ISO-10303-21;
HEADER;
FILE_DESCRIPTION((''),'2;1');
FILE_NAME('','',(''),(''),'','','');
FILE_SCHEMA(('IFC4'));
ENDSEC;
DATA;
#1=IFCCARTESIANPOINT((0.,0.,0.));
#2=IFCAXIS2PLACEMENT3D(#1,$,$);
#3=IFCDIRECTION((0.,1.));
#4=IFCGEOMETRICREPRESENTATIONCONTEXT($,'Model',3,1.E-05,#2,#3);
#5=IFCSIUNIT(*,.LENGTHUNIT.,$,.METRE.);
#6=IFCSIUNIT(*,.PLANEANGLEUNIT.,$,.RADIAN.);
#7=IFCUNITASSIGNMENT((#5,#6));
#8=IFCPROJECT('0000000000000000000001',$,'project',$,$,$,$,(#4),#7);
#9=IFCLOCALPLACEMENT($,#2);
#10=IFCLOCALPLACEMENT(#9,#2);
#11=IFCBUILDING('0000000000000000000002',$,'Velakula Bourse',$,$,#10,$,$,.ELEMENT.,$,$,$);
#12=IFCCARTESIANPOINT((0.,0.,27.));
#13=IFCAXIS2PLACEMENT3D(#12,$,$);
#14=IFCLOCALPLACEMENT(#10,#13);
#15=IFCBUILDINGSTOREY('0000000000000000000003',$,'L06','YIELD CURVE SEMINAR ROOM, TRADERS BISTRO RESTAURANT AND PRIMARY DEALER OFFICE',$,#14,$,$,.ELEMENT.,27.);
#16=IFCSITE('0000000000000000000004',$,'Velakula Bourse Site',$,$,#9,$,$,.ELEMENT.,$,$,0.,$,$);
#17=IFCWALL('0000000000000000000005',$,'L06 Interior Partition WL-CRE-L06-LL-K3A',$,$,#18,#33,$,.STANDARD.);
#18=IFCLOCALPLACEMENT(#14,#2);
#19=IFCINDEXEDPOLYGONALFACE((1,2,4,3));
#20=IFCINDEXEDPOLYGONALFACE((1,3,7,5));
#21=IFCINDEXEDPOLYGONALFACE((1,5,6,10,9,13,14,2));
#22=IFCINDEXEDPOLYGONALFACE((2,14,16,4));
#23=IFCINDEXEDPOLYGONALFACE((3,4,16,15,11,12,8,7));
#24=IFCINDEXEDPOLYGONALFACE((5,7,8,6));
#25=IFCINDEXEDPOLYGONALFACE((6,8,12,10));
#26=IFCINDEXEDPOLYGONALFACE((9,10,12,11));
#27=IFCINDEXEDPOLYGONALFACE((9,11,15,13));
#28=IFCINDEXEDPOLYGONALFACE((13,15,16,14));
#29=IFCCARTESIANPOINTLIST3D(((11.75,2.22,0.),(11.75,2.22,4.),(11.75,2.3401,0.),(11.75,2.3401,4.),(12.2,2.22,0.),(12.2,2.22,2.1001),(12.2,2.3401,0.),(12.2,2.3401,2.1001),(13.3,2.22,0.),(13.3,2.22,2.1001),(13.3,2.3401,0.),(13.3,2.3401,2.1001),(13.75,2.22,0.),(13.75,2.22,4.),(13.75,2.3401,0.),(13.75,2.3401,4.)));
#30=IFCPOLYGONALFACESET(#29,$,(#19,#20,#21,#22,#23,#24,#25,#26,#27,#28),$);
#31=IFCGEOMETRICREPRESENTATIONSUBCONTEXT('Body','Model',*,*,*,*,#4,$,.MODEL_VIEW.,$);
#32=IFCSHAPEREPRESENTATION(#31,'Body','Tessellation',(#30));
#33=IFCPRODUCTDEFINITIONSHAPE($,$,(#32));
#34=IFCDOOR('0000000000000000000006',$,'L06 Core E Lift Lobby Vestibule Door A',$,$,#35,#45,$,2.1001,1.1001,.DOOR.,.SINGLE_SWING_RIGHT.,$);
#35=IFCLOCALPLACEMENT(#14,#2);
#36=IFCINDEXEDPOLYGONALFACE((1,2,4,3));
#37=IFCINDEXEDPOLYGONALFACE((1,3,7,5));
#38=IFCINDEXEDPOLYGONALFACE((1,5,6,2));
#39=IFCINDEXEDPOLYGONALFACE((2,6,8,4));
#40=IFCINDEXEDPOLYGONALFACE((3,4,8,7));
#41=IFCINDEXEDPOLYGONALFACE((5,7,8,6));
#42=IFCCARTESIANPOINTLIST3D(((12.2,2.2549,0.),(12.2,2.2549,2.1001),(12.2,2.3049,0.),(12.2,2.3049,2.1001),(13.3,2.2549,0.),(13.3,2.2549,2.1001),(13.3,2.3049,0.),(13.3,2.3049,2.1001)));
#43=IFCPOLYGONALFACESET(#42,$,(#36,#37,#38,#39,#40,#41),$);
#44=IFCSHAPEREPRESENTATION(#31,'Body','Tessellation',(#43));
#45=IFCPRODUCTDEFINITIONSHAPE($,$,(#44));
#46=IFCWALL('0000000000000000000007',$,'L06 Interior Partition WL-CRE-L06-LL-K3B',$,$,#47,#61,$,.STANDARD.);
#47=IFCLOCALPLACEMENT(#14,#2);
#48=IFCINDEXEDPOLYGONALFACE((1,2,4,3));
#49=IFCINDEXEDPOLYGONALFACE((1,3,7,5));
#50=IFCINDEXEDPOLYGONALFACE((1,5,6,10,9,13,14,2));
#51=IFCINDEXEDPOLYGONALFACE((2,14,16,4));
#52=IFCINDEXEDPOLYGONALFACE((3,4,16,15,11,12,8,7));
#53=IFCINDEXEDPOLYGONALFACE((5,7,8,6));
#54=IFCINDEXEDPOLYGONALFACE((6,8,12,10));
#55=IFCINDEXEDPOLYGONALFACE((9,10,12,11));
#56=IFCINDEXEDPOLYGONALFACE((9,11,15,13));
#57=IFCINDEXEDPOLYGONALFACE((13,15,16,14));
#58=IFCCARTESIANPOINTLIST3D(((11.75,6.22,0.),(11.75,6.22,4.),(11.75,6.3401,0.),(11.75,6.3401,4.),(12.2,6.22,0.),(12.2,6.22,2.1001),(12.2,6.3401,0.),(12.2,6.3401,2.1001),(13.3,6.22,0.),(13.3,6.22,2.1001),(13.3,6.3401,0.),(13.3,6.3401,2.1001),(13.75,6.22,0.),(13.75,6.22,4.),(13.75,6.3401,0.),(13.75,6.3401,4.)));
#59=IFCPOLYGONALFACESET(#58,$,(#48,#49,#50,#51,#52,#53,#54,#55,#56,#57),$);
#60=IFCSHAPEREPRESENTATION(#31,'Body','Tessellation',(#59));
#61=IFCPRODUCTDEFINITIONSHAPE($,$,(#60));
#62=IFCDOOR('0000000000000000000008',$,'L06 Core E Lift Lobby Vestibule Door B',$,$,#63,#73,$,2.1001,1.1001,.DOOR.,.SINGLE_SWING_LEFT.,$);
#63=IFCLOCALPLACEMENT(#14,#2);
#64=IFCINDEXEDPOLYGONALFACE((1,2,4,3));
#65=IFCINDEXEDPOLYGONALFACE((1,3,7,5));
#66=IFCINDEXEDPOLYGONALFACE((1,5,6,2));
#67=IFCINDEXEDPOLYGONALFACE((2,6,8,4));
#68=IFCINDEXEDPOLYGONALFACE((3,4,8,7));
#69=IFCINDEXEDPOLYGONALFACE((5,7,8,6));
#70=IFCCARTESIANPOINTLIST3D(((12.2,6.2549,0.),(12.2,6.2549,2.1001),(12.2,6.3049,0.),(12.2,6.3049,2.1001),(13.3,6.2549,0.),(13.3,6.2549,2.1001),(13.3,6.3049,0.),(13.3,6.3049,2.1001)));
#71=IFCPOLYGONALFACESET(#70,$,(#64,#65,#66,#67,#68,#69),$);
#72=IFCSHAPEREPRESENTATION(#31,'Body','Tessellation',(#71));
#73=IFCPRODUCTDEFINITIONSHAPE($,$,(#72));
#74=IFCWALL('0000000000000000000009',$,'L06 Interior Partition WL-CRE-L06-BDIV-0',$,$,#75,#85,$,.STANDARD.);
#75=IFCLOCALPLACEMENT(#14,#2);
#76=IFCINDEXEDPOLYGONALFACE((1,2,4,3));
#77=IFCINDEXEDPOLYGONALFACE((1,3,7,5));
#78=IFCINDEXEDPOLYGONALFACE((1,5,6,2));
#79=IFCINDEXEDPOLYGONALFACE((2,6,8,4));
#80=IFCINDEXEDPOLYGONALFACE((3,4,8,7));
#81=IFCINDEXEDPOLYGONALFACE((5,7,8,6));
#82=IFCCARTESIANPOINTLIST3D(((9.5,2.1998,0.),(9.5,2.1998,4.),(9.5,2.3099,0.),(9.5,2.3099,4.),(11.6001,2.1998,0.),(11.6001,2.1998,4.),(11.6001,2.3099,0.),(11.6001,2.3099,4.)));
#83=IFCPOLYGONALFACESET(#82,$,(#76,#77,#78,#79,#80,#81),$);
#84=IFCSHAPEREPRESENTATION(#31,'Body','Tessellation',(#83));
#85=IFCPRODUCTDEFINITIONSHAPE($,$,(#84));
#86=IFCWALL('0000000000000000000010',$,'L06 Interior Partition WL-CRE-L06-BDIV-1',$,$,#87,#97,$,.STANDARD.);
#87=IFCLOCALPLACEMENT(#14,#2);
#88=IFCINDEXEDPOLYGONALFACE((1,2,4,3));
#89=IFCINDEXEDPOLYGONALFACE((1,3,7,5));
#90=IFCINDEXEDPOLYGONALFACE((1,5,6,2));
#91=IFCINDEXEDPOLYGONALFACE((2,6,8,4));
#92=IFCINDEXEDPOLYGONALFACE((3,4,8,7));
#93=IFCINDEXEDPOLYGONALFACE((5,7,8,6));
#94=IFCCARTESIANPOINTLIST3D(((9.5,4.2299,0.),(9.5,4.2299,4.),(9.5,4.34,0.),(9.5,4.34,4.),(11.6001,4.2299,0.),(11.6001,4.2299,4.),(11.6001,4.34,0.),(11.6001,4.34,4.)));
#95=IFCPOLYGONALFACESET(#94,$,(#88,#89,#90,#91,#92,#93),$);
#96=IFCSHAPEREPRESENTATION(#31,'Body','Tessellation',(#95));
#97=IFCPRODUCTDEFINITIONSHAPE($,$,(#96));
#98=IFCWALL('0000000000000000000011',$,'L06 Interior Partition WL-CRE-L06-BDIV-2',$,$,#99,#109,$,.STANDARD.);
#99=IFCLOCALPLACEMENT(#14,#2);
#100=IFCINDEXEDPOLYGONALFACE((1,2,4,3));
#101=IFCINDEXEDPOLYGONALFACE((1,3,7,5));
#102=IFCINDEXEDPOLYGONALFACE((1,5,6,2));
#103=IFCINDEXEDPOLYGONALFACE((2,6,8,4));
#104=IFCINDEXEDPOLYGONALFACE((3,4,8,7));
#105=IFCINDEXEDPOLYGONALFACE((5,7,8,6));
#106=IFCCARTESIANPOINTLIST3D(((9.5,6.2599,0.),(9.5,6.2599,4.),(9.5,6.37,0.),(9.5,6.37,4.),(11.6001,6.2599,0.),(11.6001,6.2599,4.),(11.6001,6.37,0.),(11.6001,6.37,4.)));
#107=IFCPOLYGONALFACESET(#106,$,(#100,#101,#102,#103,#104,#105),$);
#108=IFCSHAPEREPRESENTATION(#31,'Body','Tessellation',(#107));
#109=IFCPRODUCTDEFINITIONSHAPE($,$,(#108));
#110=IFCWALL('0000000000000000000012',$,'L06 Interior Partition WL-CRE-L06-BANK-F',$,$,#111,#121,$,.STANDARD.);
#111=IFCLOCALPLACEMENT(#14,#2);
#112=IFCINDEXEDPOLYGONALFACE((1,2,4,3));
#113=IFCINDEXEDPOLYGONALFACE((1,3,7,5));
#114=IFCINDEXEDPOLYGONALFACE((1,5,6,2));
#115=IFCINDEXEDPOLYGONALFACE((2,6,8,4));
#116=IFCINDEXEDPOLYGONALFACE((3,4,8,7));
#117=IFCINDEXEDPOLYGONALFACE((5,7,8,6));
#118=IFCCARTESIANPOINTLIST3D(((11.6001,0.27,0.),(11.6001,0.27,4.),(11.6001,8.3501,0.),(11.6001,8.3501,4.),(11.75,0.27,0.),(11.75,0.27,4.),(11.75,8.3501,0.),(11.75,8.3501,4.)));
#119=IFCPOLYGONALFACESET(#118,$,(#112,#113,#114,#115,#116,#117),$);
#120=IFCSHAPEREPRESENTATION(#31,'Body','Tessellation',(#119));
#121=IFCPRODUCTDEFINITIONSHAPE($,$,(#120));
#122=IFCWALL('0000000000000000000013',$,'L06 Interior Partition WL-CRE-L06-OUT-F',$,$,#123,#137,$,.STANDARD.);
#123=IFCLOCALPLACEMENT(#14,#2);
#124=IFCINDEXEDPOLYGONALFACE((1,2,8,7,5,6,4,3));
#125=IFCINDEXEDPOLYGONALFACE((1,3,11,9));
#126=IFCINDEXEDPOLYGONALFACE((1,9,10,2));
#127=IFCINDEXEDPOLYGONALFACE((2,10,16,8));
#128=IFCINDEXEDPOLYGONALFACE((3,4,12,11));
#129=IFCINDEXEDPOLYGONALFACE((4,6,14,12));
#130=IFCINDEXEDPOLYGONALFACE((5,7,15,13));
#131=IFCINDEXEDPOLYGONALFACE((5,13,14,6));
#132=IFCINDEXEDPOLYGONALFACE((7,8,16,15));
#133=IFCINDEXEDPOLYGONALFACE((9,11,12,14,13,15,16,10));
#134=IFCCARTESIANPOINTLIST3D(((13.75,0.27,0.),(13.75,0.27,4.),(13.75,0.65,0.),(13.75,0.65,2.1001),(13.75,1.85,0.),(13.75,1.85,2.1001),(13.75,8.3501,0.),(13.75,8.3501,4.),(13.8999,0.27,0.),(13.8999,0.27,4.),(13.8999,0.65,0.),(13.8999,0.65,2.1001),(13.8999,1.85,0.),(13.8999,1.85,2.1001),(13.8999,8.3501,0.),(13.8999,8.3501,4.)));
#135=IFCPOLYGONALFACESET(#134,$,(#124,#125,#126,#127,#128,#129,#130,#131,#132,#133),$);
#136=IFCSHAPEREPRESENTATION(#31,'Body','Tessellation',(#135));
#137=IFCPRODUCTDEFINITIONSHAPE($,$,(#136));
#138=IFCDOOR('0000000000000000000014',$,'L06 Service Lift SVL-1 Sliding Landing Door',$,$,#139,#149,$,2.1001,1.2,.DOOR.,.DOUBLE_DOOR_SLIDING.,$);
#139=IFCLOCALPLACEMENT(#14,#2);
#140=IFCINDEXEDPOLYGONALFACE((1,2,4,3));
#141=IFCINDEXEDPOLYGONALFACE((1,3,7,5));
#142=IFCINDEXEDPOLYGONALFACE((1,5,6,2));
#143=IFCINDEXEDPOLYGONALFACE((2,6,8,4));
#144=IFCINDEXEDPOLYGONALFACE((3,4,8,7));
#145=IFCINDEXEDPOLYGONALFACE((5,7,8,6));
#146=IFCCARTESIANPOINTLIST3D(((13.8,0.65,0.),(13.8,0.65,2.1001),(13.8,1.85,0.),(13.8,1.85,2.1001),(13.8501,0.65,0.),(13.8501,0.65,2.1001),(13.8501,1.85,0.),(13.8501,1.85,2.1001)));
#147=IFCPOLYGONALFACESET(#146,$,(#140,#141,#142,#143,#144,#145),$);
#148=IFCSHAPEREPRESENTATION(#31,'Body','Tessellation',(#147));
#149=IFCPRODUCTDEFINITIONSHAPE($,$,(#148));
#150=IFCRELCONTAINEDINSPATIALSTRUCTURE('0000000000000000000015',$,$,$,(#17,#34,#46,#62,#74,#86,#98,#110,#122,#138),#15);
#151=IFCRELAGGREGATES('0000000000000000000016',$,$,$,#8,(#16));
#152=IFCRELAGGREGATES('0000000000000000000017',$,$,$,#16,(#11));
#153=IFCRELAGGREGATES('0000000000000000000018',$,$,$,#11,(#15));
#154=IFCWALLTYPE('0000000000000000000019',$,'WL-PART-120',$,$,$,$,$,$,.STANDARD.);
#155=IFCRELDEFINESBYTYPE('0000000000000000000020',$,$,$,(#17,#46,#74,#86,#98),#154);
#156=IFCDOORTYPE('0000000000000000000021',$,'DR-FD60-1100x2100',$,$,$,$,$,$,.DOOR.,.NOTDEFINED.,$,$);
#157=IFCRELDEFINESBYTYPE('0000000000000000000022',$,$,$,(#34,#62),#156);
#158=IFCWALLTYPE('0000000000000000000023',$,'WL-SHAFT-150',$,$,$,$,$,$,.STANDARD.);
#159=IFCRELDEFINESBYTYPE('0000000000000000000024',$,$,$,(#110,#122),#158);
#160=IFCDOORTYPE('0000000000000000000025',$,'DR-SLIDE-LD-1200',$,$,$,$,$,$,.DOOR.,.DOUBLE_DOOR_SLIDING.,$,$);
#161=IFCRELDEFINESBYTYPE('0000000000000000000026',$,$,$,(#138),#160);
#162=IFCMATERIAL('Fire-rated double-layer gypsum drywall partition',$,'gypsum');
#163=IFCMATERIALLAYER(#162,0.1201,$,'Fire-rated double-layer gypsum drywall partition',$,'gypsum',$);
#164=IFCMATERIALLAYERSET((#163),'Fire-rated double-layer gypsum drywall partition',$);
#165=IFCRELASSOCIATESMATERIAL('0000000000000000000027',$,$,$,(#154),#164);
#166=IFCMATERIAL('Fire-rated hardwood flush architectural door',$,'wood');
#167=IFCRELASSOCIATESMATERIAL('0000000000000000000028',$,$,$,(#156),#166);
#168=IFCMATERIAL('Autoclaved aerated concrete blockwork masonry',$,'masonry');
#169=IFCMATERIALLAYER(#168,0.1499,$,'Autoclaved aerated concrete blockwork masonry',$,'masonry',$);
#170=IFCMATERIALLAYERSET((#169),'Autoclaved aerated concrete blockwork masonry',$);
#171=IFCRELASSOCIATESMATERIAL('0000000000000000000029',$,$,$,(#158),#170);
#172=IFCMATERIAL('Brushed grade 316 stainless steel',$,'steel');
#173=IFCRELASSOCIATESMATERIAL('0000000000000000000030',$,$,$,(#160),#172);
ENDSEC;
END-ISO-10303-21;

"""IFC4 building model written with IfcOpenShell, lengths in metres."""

from ifc_helpers import new_model, si_unit, direction, frame, frame_2d, origin, place, context, subcontext, project, spatial, rectangle, extrude, material, layer, layer_set, type_object, element, fill, save


model = new_model("IFC4")

# Units and contexts
model_context = context("Model", 3, precision=1e-05, world=origin(), true_north=direction((0.0, 1.0)))
body_context = subcontext(model_context, "Body", "Model", "MODEL_VIEW")
ifc_project = project(units=[si_unit("LENGTHUNIT", "METRE"), si_unit("PLANEANGLEUNIT", "RADIAN")], contexts=[model_context])

# Site, building, storey
site_placement = place(None, origin())
site = spatial("IfcSite", under=ifc_project, at=site_placement, Name="Velakula Bourse Site", CompositionType="ELEMENT", RefElevation=0.0)
building_placement = place(site_placement, origin())
building = spatial("IfcBuilding", under=site, at=building_placement, Name="Velakula Bourse", CompositionType="ELEMENT")
storey_placement = place(building_placement, frame((0.0, 0.0, 27.0)))
storey = spatial("IfcBuildingStorey", under=building, at=storey_placement, Name="L06", Description="YIELD CURVE SEMINAR ROOM, TRADERS BISTRO RESTAURANT AND PRIMARY DEALER OFFICE", CompositionType="ELEMENT", Elevation=27.0)

# Walls, openings, doors
ifc_material_1 = material(Name="Fire-rated hardwood flush architectural door", Category="wood")
ifc_material_2 = material(Name="Fire-rated double-layer gypsum drywall partition", Category="gypsum")
ifc_layer_1 = layer(ifc_material_2, 0.1201, Name="Fire-rated double-layer gypsum drywall partition", Category="gypsum")
ifc_layer_set_1 = layer_set([ifc_layer_1], Name="Fire-rated double-layer gypsum drywall partition")
wall_type_1 = type_object("IfcWallType", Name="WL-PART-120", PredefinedType="STANDARD", material=ifc_layer_set_1)
wall_1_placement = place(storey_placement, frame((11.75, 2.28, 0.0), z_axis=(0.0, 0.0, 1.0), x_axis=(1.0, 0.0, 0.0)))
wall_1 = element("IfcWall", 1, at=wall_1_placement, inside=storey, type_object=wall_type_1, Name="L06 Interior Partition WL-CRE-L06-LL-K3A", PredefinedType="STANDARD", context=body_context, shape_type="SweptSolid", body=[
    extrude(rectangle(XDim=2.0, YDim=0.1201, at=frame_2d((1.0, 0.0))), origin(), (0.0, 0.0, 1.0), 4.0),
])
opening_1_placement = place(wall_1_placement, frame((0.45, 0.0, 0.0)))
opening_1 = element("IfcOpeningElement", 2, at=opening_1_placement, cuts=wall_1, PredefinedType="OPENING", context=body_context, shape_type="SweptSolid", body=[
    extrude(rectangle(XDim=1.1001, YDim=2.1001, at=frame_2d((0.55, 1.05))), frame((0.0, 0.0701, 0.0), z_axis=(0.0, -1.0, 0.0), x_axis=(1.0, 0.0, 0.0)), (0.0, 0.0, 1.0), 0.1401),
])
door_type_1 = type_object("IfcDoorType", Name="DR-FD60-1100x2100", OperationType="NOTDEFINED", PredefinedType="DOOR", material=ifc_material_1)
door_1_placement = place(opening_1_placement, origin())
door_1 = element("IfcDoor", 3, at=door_1_placement, inside=storey, type_object=door_type_1, Name="L06 Core E Lift Lobby Vestibule Door A", OperationType="SINGLE_SWING_RIGHT", OverallHeight=2.1001, OverallWidth=1.1001, PredefinedType="DOOR", context=body_context, shape_type="SweptSolid", body=[
    extrude(rectangle(XDim=1.1001, YDim=2.1001, at=frame_2d((0.55, 1.05))), frame((0.0, 0.0249, 0.0), z_axis=(0.0, -1.0, 0.0), x_axis=(1.0, 0.0, 0.0)), (0.0, 0.0, 1.0), 0.05),
])
fill(opening_1, door_1)
wall_2_placement = place(storey_placement, frame((11.75, 6.28, 0.0), z_axis=(0.0, 0.0, 1.0), x_axis=(1.0, 0.0, 0.0)))
wall_2 = element("IfcWall", 4, at=wall_2_placement, inside=storey, type_object=wall_type_1, Name="L06 Interior Partition WL-CRE-L06-LL-K3B", PredefinedType="STANDARD", context=body_context, shape_type="SweptSolid", body=[
    extrude(rectangle(XDim=2.0, YDim=0.1201, at=frame_2d((1.0, 0.0))), origin(), (0.0, 0.0, 1.0), 4.0),
])
opening_2_placement = place(wall_2_placement, frame((0.45, 0.0, 0.0)))
opening_2 = element("IfcOpeningElement", 5, at=opening_2_placement, cuts=wall_2, PredefinedType="OPENING", context=body_context, shape_type="SweptSolid", body=[
    extrude(rectangle(XDim=1.1001, YDim=2.1001, at=frame_2d((0.55, 1.05))), frame((0.0, 0.0701, 0.0), z_axis=(0.0, -1.0, 0.0), x_axis=(1.0, 0.0, 0.0)), (0.0, 0.0, 1.0), 0.1401),
])
door_2_placement = place(opening_2_placement, origin())
door_2 = element("IfcDoor", 6, at=door_2_placement, inside=storey, type_object=door_type_1, Name="L06 Core E Lift Lobby Vestibule Door B", OperationType="SINGLE_SWING_LEFT", OverallHeight=2.1001, OverallWidth=1.1001, PredefinedType="DOOR", context=body_context, shape_type="SweptSolid", body=[
    extrude(rectangle(XDim=1.1001, YDim=2.1001, at=frame_2d((0.55, 1.05))), frame((0.0, 0.0249, 0.0), z_axis=(0.0, -1.0, 0.0), x_axis=(1.0, 0.0, 0.0)), (0.0, 0.0, 1.0), 0.05),
])
fill(opening_2, door_2)

# Walls
for number, where, z_axis, x_axis, name in (
    (7, (9.5, 2.2549, 0.0), (0.0, 0.0, 1.0), (1.0, 0.0, 0.0), "L06 Interior Partition WL-CRE-L06-BDIV-0"),
    (8, (9.5, 4.2849, 0.0), (0.0, 0.0, 1.0), (1.0, 0.0, 0.0), "L06 Interior Partition WL-CRE-L06-BDIV-1"),
    (9, (9.5, 6.3149, 0.0), (0.0, 0.0, 1.0), (1.0, 0.0, 0.0), "L06 Interior Partition WL-CRE-L06-BDIV-2"),
):
    element("IfcWall", number, at=place(storey_placement, frame(where, z_axis=z_axis, x_axis=x_axis)), inside=storey, type_object=wall_type_1, Name=name, PredefinedType="STANDARD", context=body_context, shape_type="SweptSolid", body=[
        extrude(rectangle(XDim=2.1001, YDim=0.1101, at=frame_2d((1.05, 0.0))), origin(), (0.0, 0.0, 1.0), 4.0),
    ])
ifc_material_3 = material(Name="Autoclaved aerated concrete blockwork masonry", Category="masonry")
ifc_layer_2 = layer(ifc_material_3, 0.1499, Name="Autoclaved aerated concrete blockwork masonry", Category="masonry")
ifc_layer_set_2 = layer_set([ifc_layer_2], Name="Autoclaved aerated concrete blockwork masonry")
wall_type_2 = type_object("IfcWallType", Name="WL-SHAFT-150", PredefinedType="STANDARD", material=ifc_layer_set_2)
wall_3_placement = place(storey_placement, frame((11.675, 0.27, 0.0), z_axis=(0.0, 0.0, 1.0), x_axis=(0.0, 1.0, 0.0)))
element("IfcWall", 10, at=wall_3_placement, inside=storey, type_object=wall_type_2, Name="L06 Interior Partition WL-CRE-L06-BANK-F", PredefinedType="STANDARD", context=body_context, shape_type="SweptSolid", body=[
    extrude(rectangle(XDim=8.0801, YDim=0.1499, at=frame_2d((4.04, 0.0))), origin(), (0.0, 0.0, 1.0), 4.0),
])

# Wall, opening, door
wall_4_placement = place(storey_placement, frame((13.825, 0.27, 0.0), z_axis=(0.0, 0.0, 1.0), x_axis=(0.0, 1.0, 0.0)))
wall_4 = element("IfcWall", 11, at=wall_4_placement, inside=storey, type_object=wall_type_2, Name="L06 Interior Partition WL-CRE-L06-OUT-F", PredefinedType="STANDARD", context=body_context, shape_type="SweptSolid", body=[
    extrude(rectangle(XDim=8.0801, YDim=0.1499, at=frame_2d((4.04, 0.0))), origin(), (0.0, 0.0, 1.0), 4.0),
])
opening_3_placement = place(wall_4_placement, frame((0.3799, 0.0, 0.0)))
opening_3 = element("IfcOpeningElement", 12, at=opening_3_placement, cuts=wall_4, PredefinedType="OPENING", context=body_context, shape_type="SweptSolid", body=[
    extrude(rectangle(XDim=1.2, YDim=2.1001, at=frame_2d((0.6001, 1.05))), frame((0.0, 0.085, 0.0), z_axis=(0.0, -1.0, 0.0), x_axis=(1.0, 0.0, 0.0)), (0.0, 0.0, 1.0), 0.1699),
])
ifc_material_4 = material(Name="Brushed grade 316 stainless steel", Category="steel")
door_type_2 = type_object("IfcDoorType", Name="DR-SLIDE-LD-1200", OperationType="DOUBLE_DOOR_SLIDING", PredefinedType="DOOR", material=ifc_material_4)
door_3_placement = place(opening_3_placement, origin())
door_3 = element("IfcDoor", 13, at=door_3_placement, inside=storey, type_object=door_type_2, Name="L06 Service Lift SVL-1 Sliding Landing Door", OperationType="DOUBLE_DOOR_SLIDING", OverallHeight=2.1001, OverallWidth=1.2, PredefinedType="DOOR", context=body_context, shape_type="SweptSolid", body=[
    extrude(rectangle(XDim=1.2, YDim=2.1001, at=frame_2d((0.6001, 1.05))), frame((0.0, 0.0249, 0.0), z_axis=(0.0, -1.0, 0.0), x_axis=(1.0, 0.0, 0.0)), (0.0, 0.0, 1.0), 0.05),
])
fill(opening_3, door_3)

save(model, "model.ifc")
